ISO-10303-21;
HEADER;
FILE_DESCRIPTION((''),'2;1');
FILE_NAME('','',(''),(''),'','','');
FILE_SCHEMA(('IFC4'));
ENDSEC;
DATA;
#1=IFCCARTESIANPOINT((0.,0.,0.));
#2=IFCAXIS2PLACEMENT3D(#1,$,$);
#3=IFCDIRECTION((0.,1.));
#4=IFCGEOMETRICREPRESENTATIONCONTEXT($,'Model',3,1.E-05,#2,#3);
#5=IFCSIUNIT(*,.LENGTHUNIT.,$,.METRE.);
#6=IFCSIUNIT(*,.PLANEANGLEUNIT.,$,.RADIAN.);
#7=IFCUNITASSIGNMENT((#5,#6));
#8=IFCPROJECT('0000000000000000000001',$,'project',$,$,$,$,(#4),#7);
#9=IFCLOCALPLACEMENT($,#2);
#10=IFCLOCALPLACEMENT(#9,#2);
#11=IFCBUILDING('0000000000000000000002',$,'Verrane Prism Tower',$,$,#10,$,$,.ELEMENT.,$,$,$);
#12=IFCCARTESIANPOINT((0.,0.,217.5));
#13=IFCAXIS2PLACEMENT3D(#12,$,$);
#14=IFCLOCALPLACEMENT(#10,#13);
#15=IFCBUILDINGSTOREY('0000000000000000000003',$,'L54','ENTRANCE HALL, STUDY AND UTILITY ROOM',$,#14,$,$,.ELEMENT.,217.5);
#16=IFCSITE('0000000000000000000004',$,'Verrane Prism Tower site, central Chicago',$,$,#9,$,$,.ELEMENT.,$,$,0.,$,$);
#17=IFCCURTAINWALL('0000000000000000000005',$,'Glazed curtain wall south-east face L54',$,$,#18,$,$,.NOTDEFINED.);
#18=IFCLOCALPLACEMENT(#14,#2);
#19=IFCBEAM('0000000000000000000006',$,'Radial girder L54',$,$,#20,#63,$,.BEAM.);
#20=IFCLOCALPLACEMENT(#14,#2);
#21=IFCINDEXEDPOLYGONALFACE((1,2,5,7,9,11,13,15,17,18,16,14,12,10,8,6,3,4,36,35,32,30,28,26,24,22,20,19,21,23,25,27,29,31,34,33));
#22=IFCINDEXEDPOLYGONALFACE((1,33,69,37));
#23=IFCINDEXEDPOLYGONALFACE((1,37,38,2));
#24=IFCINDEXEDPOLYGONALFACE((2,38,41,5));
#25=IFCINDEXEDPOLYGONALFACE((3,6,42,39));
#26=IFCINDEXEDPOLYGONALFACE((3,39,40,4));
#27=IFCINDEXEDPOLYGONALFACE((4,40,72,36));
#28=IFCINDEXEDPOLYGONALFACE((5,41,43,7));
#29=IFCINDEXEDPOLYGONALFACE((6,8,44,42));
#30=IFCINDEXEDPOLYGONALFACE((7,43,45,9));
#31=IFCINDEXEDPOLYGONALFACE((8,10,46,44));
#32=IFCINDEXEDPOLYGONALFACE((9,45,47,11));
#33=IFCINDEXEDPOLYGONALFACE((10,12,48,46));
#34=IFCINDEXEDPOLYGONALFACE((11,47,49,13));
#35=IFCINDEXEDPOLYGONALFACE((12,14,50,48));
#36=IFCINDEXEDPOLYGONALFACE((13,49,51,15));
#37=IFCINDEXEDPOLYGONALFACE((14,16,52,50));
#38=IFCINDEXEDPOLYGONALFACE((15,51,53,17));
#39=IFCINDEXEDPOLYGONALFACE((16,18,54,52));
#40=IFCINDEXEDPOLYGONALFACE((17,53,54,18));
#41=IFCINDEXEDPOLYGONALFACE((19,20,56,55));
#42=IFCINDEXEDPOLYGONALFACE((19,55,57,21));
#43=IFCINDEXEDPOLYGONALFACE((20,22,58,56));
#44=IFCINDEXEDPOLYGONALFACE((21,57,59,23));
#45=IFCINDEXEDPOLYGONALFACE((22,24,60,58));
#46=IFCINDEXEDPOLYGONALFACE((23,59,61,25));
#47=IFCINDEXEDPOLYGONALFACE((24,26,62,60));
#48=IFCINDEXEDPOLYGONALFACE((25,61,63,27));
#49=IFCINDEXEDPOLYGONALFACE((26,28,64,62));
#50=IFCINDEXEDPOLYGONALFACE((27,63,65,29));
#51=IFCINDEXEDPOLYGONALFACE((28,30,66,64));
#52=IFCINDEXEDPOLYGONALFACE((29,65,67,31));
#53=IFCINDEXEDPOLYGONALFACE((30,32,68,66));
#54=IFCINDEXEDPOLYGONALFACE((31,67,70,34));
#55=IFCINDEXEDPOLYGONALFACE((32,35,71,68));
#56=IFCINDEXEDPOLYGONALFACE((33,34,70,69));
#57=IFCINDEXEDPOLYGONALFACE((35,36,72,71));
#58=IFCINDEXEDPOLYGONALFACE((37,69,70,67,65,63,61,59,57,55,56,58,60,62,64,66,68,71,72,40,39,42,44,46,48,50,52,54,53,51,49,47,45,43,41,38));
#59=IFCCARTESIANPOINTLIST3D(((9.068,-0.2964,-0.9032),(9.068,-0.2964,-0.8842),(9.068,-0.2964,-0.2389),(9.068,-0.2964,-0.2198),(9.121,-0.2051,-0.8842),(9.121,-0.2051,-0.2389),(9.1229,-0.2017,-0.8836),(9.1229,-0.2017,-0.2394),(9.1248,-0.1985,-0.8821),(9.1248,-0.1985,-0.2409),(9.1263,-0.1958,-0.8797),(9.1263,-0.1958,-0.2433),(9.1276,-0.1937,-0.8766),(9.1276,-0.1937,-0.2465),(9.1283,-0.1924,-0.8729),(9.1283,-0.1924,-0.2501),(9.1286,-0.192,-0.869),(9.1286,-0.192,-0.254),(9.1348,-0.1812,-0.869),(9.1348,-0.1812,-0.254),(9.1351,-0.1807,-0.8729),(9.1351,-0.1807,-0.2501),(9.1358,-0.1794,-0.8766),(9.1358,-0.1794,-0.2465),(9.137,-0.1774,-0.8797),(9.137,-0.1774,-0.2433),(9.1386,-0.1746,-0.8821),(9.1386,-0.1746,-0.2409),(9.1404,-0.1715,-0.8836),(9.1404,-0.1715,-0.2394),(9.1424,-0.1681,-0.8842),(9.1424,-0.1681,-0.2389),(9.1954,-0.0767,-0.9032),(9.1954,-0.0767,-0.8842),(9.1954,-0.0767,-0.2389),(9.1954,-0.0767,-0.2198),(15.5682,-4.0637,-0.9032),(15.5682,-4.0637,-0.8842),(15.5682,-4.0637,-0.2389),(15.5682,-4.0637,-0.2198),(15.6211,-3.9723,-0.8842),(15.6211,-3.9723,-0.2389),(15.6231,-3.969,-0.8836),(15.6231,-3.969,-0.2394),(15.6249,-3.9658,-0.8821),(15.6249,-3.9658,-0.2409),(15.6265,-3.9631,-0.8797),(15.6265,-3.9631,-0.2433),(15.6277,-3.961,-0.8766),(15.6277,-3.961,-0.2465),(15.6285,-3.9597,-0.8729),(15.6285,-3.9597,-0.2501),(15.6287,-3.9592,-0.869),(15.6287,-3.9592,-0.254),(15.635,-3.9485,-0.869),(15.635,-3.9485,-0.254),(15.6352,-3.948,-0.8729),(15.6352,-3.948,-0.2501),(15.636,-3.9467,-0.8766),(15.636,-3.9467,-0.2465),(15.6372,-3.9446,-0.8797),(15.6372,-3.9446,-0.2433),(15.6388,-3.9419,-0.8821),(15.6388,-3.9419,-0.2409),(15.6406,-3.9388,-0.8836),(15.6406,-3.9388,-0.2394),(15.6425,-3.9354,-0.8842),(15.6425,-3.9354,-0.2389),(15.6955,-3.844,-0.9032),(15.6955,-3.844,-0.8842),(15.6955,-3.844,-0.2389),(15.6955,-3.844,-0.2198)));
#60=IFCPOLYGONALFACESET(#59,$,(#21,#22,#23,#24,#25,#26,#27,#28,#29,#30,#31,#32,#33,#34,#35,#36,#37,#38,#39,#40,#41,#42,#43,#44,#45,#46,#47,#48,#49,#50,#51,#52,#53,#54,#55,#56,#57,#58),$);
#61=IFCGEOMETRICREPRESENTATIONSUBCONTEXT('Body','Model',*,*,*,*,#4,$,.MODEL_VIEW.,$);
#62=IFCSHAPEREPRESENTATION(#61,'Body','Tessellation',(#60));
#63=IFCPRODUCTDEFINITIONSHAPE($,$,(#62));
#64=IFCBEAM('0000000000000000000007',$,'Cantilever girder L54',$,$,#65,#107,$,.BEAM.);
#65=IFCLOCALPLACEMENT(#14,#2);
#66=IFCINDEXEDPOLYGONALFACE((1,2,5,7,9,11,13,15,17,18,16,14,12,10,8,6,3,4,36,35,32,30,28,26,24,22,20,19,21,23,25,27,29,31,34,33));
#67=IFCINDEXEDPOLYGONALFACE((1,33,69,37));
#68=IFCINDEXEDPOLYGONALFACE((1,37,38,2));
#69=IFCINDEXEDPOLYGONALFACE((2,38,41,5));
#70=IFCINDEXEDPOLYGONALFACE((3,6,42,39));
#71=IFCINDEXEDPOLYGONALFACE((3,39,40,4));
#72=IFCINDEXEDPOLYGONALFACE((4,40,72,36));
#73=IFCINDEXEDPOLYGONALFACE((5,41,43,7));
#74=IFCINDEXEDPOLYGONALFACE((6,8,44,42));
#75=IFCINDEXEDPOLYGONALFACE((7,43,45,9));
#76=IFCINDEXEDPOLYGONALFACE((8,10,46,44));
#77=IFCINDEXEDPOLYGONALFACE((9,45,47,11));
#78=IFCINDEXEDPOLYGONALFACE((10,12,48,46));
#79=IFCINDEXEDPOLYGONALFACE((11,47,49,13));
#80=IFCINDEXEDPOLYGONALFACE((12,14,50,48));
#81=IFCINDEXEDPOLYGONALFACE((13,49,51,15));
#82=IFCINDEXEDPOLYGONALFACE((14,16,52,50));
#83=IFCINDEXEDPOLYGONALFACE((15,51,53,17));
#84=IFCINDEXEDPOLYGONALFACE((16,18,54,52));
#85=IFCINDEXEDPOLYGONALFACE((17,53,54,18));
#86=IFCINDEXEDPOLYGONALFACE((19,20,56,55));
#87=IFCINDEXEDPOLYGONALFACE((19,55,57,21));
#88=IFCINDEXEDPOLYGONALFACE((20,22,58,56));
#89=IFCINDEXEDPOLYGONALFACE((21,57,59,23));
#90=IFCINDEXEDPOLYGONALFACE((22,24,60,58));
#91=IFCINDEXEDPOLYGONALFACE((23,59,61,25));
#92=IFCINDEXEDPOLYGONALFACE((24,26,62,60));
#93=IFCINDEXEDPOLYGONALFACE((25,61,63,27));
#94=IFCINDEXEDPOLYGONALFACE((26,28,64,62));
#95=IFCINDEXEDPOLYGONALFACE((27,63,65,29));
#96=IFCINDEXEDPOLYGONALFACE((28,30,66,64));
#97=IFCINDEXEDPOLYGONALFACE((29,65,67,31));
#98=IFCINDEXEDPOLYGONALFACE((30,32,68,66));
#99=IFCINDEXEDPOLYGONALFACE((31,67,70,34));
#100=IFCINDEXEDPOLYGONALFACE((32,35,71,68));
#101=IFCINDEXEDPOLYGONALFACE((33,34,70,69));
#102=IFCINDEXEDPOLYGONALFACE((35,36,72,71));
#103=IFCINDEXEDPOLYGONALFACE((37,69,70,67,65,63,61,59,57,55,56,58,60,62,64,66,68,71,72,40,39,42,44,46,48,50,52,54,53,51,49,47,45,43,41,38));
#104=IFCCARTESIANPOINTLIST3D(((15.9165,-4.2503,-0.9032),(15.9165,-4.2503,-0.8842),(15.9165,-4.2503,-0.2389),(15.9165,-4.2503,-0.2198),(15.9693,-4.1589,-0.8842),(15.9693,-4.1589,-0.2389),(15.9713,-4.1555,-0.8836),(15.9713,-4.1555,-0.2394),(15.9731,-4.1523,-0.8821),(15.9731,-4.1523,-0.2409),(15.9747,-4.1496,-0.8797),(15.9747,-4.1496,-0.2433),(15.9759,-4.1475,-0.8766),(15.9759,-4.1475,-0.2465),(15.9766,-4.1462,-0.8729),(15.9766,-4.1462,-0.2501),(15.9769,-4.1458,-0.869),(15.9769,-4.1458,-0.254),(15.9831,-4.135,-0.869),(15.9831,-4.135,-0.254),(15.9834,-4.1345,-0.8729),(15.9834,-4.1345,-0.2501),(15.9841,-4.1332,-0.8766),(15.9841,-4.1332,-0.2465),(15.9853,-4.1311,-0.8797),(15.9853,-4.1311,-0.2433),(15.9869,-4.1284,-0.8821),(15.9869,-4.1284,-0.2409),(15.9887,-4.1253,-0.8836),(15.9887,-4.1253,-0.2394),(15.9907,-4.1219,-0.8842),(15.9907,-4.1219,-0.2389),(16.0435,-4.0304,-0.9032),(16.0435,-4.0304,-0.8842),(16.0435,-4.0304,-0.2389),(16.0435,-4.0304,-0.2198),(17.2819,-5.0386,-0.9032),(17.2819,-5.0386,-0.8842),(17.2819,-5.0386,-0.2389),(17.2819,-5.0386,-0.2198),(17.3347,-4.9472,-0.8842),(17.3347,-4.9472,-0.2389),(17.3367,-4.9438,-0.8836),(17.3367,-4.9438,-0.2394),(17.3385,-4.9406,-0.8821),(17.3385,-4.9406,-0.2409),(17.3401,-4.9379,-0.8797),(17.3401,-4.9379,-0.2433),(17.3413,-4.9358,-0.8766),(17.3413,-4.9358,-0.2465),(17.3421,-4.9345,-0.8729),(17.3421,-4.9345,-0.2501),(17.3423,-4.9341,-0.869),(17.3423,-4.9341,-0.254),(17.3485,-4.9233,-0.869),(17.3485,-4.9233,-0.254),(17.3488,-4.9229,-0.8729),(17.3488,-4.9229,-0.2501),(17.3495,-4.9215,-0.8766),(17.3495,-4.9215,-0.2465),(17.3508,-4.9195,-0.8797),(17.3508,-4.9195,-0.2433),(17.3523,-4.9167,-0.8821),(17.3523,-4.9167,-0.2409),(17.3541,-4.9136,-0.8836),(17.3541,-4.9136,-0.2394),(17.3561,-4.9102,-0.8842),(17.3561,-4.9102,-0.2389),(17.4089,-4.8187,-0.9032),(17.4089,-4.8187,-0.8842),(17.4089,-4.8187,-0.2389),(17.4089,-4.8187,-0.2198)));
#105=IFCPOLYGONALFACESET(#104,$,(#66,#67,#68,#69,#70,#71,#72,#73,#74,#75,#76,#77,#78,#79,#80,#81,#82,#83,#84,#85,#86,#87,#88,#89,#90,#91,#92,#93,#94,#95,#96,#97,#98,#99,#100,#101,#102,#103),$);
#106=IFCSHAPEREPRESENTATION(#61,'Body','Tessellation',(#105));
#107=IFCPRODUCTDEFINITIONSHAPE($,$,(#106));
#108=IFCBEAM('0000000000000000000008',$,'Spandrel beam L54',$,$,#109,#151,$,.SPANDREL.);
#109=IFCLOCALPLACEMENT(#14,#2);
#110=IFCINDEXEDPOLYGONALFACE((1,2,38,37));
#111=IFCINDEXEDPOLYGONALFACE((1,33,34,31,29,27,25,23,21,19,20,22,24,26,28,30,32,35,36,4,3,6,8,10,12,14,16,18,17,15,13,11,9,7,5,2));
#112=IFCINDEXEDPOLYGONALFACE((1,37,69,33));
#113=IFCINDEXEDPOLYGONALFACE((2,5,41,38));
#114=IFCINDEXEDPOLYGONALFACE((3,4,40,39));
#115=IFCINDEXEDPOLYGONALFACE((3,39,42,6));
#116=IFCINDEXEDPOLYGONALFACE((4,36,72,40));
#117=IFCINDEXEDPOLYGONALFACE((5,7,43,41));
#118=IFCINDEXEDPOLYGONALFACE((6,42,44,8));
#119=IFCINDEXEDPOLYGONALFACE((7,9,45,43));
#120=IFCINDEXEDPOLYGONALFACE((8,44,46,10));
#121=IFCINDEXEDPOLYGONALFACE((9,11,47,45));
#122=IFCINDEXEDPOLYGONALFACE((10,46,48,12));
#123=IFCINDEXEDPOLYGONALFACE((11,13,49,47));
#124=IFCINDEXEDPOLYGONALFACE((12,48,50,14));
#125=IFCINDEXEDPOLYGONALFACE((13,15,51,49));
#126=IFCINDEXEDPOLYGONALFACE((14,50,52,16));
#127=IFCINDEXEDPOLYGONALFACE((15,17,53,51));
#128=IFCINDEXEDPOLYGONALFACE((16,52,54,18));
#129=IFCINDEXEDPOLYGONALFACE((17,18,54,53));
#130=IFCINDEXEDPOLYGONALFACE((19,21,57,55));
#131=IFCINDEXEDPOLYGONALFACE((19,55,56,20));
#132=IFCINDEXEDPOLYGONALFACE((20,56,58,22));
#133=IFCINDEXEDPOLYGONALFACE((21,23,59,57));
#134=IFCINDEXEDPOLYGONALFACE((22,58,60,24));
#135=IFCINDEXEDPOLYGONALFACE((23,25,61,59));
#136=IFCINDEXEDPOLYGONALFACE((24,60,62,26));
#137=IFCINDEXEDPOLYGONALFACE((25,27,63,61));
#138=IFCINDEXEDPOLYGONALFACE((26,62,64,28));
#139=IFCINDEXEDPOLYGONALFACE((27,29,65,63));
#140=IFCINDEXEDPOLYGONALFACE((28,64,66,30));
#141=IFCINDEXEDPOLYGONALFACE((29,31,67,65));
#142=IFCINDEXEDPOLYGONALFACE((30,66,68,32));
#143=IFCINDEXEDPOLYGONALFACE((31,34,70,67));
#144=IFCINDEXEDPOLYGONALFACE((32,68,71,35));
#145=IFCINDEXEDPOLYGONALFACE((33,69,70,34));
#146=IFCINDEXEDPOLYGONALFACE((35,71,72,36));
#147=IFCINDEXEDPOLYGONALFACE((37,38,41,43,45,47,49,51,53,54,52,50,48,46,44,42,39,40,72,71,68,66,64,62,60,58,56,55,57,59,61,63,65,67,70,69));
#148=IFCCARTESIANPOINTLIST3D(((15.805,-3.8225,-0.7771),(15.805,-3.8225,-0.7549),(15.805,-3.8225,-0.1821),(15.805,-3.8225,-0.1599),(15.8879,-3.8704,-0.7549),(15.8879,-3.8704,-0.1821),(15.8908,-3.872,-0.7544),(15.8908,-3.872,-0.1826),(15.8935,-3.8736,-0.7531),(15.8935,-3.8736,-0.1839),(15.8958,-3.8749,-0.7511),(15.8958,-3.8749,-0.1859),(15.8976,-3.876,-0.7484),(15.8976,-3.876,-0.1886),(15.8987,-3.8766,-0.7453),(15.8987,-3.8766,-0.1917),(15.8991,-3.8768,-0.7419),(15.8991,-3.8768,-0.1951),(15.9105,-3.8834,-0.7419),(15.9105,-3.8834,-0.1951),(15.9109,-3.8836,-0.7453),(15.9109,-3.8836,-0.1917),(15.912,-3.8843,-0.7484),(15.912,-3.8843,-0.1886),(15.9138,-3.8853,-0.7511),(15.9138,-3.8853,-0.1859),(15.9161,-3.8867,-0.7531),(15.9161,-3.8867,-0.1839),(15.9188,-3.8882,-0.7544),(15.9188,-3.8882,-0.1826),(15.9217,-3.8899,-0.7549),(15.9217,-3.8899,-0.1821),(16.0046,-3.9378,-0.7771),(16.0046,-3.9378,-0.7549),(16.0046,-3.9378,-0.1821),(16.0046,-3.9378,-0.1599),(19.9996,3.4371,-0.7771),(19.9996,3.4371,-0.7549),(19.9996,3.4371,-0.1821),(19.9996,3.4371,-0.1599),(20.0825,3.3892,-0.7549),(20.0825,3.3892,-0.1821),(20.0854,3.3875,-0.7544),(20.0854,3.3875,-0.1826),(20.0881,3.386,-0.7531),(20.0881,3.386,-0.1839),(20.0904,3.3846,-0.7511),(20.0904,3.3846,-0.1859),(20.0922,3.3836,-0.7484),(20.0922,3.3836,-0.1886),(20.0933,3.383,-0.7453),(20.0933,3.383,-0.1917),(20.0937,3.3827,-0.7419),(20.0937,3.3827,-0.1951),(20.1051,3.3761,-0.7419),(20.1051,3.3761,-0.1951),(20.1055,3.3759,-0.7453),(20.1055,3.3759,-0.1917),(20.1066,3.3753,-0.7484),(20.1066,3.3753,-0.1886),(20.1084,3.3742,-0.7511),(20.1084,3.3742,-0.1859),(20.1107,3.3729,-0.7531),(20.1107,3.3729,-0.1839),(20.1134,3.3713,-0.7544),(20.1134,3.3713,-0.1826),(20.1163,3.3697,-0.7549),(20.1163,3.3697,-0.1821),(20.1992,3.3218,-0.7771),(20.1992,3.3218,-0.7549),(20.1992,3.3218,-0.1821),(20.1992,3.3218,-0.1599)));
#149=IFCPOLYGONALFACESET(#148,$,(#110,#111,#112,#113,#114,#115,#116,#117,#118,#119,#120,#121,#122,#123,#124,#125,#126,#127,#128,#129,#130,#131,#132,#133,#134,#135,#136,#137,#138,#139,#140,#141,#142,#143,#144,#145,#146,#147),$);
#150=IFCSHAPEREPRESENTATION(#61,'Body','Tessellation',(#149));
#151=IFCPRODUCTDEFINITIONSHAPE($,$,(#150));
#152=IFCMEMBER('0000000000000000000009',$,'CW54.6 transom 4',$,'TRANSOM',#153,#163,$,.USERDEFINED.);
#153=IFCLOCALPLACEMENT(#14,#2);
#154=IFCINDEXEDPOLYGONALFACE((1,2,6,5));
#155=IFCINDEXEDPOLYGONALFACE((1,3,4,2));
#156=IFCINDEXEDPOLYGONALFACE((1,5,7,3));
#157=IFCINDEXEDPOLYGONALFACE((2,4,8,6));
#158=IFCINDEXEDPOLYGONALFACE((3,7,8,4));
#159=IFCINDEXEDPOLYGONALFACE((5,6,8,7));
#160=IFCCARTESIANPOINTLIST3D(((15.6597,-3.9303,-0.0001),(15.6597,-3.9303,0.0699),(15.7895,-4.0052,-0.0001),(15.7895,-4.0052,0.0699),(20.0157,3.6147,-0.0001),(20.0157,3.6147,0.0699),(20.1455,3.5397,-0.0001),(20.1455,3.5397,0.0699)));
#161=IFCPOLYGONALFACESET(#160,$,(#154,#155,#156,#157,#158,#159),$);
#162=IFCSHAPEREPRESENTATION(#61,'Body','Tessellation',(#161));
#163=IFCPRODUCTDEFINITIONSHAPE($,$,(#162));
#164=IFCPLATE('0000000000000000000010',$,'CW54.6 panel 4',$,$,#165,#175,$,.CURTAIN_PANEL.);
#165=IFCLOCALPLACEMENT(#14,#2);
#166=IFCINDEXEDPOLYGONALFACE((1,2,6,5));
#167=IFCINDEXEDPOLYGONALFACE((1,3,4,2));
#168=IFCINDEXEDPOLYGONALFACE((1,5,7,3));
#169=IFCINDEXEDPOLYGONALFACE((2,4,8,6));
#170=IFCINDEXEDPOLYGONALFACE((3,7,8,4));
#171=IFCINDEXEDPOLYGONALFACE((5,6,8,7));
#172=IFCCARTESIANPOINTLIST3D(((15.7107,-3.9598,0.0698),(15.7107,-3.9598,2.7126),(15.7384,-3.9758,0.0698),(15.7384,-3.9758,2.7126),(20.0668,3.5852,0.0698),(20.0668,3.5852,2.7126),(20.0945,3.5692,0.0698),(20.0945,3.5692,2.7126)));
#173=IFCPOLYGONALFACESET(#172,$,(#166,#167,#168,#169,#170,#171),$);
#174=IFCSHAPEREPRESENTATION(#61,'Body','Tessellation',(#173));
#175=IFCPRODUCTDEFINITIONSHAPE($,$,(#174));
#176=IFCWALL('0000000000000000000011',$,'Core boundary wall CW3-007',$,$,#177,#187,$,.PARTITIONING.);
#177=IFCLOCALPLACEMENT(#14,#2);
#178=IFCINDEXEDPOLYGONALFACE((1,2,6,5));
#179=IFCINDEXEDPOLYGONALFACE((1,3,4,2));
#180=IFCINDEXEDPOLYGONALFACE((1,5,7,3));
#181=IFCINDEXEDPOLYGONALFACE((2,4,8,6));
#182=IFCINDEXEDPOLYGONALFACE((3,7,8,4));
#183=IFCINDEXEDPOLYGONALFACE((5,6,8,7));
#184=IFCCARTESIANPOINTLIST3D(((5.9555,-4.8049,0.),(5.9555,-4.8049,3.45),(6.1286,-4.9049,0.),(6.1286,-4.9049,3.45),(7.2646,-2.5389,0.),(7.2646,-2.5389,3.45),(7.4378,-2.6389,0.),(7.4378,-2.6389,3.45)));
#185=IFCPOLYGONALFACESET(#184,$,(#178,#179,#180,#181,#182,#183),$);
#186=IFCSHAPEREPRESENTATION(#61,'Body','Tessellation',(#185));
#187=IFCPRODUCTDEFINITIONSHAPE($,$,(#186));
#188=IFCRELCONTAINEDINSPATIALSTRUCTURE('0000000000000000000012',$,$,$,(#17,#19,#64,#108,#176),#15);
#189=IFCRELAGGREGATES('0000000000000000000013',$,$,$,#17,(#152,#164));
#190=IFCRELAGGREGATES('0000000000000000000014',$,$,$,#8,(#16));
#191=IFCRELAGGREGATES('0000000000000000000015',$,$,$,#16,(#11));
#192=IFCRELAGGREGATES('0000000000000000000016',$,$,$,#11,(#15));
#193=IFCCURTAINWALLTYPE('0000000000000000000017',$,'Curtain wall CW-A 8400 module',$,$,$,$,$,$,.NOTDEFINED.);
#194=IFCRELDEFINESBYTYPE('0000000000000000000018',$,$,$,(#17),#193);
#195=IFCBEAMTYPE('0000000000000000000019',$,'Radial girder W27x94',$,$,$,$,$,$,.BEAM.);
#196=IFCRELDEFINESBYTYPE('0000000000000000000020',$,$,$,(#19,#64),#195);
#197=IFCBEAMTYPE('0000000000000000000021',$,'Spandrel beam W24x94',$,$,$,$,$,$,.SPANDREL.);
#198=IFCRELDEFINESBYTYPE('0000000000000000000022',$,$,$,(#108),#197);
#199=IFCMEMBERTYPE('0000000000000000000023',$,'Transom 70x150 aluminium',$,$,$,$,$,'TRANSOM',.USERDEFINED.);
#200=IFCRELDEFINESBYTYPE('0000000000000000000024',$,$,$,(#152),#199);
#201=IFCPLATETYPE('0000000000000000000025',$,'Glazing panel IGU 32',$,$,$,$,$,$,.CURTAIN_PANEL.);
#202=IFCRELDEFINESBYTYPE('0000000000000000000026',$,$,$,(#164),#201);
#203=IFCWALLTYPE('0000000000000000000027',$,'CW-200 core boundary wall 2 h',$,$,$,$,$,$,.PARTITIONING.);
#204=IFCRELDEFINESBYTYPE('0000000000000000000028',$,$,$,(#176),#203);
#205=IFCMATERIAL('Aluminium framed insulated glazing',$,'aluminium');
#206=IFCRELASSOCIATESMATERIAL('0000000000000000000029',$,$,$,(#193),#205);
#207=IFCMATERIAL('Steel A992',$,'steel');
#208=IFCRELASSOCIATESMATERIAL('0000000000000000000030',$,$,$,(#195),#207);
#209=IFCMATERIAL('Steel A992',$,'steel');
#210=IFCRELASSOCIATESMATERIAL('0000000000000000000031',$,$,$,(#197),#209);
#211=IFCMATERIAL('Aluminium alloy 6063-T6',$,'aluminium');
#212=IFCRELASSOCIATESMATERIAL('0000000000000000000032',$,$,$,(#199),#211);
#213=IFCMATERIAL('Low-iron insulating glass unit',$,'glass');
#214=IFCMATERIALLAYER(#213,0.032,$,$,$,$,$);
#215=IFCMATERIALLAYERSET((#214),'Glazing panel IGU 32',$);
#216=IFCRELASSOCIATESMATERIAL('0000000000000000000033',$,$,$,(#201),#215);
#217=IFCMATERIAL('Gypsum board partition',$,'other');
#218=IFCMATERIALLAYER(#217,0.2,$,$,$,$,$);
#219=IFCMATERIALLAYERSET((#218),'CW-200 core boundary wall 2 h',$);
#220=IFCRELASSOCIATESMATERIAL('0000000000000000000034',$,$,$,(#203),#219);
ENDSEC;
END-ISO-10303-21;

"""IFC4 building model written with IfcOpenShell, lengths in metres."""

from ifc_helpers import new_model, si_unit, direction, frame, frame_2d, origin, origin_2d, place, context, subcontext, project, spatial, rectangle, i_section, extrude, material, layer, layer_set, material_profile, profile_set, type_object, element, aggregate, save


model = new_model("IFC4")

# Units and contexts
model_context = context("Model", 3, precision=1e-05, world=origin(), true_north=direction((0.0, 1.0)))
body_context = subcontext(model_context, "Body", "Model", "MODEL_VIEW")
ifc_project = project(units=[si_unit("LENGTHUNIT", "METRE"), si_unit("PLANEANGLEUNIT", "RADIAN")], contexts=[model_context])

# Site, building, storey
site_placement = place(None, origin())
site = spatial("IfcSite", under=ifc_project, at=site_placement, Name="Verrane Prism Tower site, central Chicago", CompositionType="ELEMENT", RefElevation=0.0)
building_placement = place(site_placement, origin())
building = spatial("IfcBuilding", under=site, at=building_placement, Name="Verrane Prism Tower", CompositionType="ELEMENT")
storey_placement = place(building_placement, frame((0.0, 0.0, 217.5)))
storey = spatial("IfcBuildingStorey", under=building, at=storey_placement, Name="L54", Description="ENTRANCE HALL, STUDY AND UTILITY ROOM", CompositionType="ELEMENT", Elevation=217.5)

# Curtain wall
ifc_material_1 = material(Name="Aluminium framed insulated glazing", Category="aluminium")
curtain_wall_type = type_object("IfcCurtainWallType", Name="Curtain wall CW-A 8400 module", PredefinedType="NOTDEFINED", material=ifc_material_1)
curtain_wall_placement = place(storey_placement, origin())
curtain_wall = element("IfcCurtainWall", 1, at=curtain_wall_placement, inside=storey, type_object=curtain_wall_type, Name="Glazed curtain wall south-east face L54", PredefinedType="NOTDEFINED")

# Beams
ifc_material_2 = material(Name="Steel A992", Category="steel")
ifc_material_profile_1 = material_profile(ifc_material_2, i_section(OverallWidth=0.2539, OverallDepth=0.6833, WebThickness=0.0125, FlangeThickness=0.019, FilletRadius=0.0151, at=origin_2d()), Name="W27x94")
ifc_profile_set_1 = profile_set([ifc_material_profile_1], Name="Steel A992")
beam_type_1 = type_object("IfcBeamType", Name="Radial girder W27x94", PredefinedType="BEAM", material=ifc_profile_set_1)
beam_1_placement = place(storey_placement, frame((15.6318, -3.9539, -0.5615), z_axis=(-0.865193, 0.501438, 0.0), x_axis=(-0.501438, -0.865193, 0.0)))
element("IfcBeam", 2, at=beam_1_placement, inside=storey, type_object=beam_type_1, Name="Radial girder L54", PredefinedType="BEAM", context=body_context, shape_type="SweptSolid", body=[
    extrude(i_section(OverallWidth=0.2539, OverallDepth=0.6833, WebThickness=0.0125, FlangeThickness=0.019, FilletRadius=0.0151, at=origin_2d()), origin(), (0.0, 0.0, 1.0), 7.5129),
])
beam_2_placement = place(storey_placement, frame((15.98, -4.1404, -0.5615), z_axis=(0.866033, -0.499986, 0.0), x_axis=(0.499986, 0.866033, 0.0)))
element("IfcBeam", 3, at=beam_2_placement, inside=storey, type_object=beam_type_1, Name="Cantilever girder L54", PredefinedType="BEAM", context=body_context, shape_type="SweptSolid", body=[
    extrude(i_section(OverallWidth=0.2539, OverallDepth=0.6833, WebThickness=0.0125, FlangeThickness=0.019, FilletRadius=0.0151, at=origin_2d()), origin(), (0.0, 0.0, 1.0), 1.5767),
])
ifc_material_3 = material(Name="Steel A992", Category="steel")
ifc_material_profile_2 = material_profile(ifc_material_3, i_section(OverallWidth=0.2305, OverallDepth=0.6172, WebThickness=0.0132, FlangeThickness=0.0222, FilletRadius=0.0129, at=origin_2d()), Name="W24x94")
ifc_profile_set_2 = profile_set([ifc_material_profile_2], Name="Steel A992")
beam_type_2 = type_object("IfcBeamType", Name="Spandrel beam W24x94", PredefinedType="SPANDREL", material=ifc_profile_set_2)
beam_3_placement = place(storey_placement, frame((15.9048, -3.8801, -0.4685), z_axis=(0.500295, 0.865855, 0.0), x_axis=(-0.865855, 0.500295, 0.0)))
element("IfcBeam", 4, at=beam_3_placement, inside=storey, type_object=beam_type_2, Name="Spandrel beam L54", PredefinedType="SPANDREL", context=body_context, shape_type="SweptSolid", body=[
    extrude(i_section(OverallWidth=0.2305, OverallDepth=0.6172, WebThickness=0.0132, FlangeThickness=0.0222, FilletRadius=0.0129, at=origin_2d()), origin(), (0.0, 0.0, 1.0), 8.3843),
])

# Member
ifc_material_4 = material(Name="Aluminium alloy 6063-T6", Category="aluminium")
ifc_material_profile_3 = material_profile(ifc_material_4, rectangle(XDim=0.1499, YDim=0.0701, at=origin_2d()), Name="Transom 70x150 aluminium")
ifc_profile_set_3 = profile_set([ifc_material_profile_3], Name="Aluminium alloy 6063-T6")
member_type_1 = type_object("IfcMemberType", Name="Transom 70x150 aluminium", ElementType="TRANSOM", PredefinedType="USERDEFINED", material=ifc_profile_set_3)
member_1_placement = place(storey_placement, frame((15.7246, -3.9678, 0.0349), z_axis=(0.499991, 0.866031, 0.0), x_axis=(-0.866031, 0.499991, 0.0)))
member_1 = element("IfcMember", 5, at=member_1_placement, type_object=member_type_1, Name="CW54.6 transom 4", ObjectType="TRANSOM", PredefinedType="USERDEFINED", context=body_context, shape_type="SweptSolid", body=[
    extrude(rectangle(XDim=0.1499, YDim=0.0701, at=origin_2d()), origin(), (0.0, 0.0, 1.0), 8.7122),
])

# Plate
ifc_material_5 = material(Name="Low-iron insulating glass unit", Category="glass")
ifc_layer_1 = layer(ifc_material_5, 0.032)
ifc_layer_set_1 = layer_set([ifc_layer_1], Name="Glazing panel IGU 32")
plate_type = type_object("IfcPlateType", Name="Glazing panel IGU 32", PredefinedType="CURTAIN_PANEL", material=ifc_layer_set_1)
plate_placement = place(storey_placement, frame((17.9026, -0.1953, 0.0698), z_axis=(0.0, 0.0, 1.0), x_axis=(0.500001, 0.866025, 0.0)))
plate = element("IfcPlate", 6, at=plate_placement, type_object=plate_type, Name="CW54.6 panel 4", PredefinedType="CURTAIN_PANEL", context=body_context, shape_type="SweptSolid", body=[
    extrude(rectangle(XDim=8.7122, YDim=0.032, at=origin_2d()), origin(), (0.0, 0.0, 1.0), 2.6428),
])
aggregate(curtain_wall, [member_1, plate])

# Wall
ifc_material_6 = material(Name="Gypsum board partition", Category="other")
ifc_layer_2 = layer(ifc_material_6, 0.2)
ifc_layer_set_2 = layer_set([ifc_layer_2], Name="CW-200 core boundary wall 2 h")
wall_type_1 = type_object("IfcWallType", Name="CW-200 core boundary wall 2 h", PredefinedType="PARTITIONING", material=ifc_layer_set_2)
wall_1_placement = place(storey_placement, frame((6.042, -4.855, 0.0), z_axis=(0.0, 0.0, 1.0), x_axis=(0.500253, 0.865879, 0.0)))
element("IfcWall", 7, at=wall_1_placement, inside=storey, type_object=wall_type_1, Name="Core boundary wall CW3-007", PredefinedType="PARTITIONING", context=body_context, shape_type="SweptSolid", body=[
    extrude(rectangle(XDim=2.6169, YDim=0.2, at=frame_2d((1.3086, 0.0))), origin(), (0.0, 0.0, 1.0), 3.45),
])

save(model, "model.ifc")
